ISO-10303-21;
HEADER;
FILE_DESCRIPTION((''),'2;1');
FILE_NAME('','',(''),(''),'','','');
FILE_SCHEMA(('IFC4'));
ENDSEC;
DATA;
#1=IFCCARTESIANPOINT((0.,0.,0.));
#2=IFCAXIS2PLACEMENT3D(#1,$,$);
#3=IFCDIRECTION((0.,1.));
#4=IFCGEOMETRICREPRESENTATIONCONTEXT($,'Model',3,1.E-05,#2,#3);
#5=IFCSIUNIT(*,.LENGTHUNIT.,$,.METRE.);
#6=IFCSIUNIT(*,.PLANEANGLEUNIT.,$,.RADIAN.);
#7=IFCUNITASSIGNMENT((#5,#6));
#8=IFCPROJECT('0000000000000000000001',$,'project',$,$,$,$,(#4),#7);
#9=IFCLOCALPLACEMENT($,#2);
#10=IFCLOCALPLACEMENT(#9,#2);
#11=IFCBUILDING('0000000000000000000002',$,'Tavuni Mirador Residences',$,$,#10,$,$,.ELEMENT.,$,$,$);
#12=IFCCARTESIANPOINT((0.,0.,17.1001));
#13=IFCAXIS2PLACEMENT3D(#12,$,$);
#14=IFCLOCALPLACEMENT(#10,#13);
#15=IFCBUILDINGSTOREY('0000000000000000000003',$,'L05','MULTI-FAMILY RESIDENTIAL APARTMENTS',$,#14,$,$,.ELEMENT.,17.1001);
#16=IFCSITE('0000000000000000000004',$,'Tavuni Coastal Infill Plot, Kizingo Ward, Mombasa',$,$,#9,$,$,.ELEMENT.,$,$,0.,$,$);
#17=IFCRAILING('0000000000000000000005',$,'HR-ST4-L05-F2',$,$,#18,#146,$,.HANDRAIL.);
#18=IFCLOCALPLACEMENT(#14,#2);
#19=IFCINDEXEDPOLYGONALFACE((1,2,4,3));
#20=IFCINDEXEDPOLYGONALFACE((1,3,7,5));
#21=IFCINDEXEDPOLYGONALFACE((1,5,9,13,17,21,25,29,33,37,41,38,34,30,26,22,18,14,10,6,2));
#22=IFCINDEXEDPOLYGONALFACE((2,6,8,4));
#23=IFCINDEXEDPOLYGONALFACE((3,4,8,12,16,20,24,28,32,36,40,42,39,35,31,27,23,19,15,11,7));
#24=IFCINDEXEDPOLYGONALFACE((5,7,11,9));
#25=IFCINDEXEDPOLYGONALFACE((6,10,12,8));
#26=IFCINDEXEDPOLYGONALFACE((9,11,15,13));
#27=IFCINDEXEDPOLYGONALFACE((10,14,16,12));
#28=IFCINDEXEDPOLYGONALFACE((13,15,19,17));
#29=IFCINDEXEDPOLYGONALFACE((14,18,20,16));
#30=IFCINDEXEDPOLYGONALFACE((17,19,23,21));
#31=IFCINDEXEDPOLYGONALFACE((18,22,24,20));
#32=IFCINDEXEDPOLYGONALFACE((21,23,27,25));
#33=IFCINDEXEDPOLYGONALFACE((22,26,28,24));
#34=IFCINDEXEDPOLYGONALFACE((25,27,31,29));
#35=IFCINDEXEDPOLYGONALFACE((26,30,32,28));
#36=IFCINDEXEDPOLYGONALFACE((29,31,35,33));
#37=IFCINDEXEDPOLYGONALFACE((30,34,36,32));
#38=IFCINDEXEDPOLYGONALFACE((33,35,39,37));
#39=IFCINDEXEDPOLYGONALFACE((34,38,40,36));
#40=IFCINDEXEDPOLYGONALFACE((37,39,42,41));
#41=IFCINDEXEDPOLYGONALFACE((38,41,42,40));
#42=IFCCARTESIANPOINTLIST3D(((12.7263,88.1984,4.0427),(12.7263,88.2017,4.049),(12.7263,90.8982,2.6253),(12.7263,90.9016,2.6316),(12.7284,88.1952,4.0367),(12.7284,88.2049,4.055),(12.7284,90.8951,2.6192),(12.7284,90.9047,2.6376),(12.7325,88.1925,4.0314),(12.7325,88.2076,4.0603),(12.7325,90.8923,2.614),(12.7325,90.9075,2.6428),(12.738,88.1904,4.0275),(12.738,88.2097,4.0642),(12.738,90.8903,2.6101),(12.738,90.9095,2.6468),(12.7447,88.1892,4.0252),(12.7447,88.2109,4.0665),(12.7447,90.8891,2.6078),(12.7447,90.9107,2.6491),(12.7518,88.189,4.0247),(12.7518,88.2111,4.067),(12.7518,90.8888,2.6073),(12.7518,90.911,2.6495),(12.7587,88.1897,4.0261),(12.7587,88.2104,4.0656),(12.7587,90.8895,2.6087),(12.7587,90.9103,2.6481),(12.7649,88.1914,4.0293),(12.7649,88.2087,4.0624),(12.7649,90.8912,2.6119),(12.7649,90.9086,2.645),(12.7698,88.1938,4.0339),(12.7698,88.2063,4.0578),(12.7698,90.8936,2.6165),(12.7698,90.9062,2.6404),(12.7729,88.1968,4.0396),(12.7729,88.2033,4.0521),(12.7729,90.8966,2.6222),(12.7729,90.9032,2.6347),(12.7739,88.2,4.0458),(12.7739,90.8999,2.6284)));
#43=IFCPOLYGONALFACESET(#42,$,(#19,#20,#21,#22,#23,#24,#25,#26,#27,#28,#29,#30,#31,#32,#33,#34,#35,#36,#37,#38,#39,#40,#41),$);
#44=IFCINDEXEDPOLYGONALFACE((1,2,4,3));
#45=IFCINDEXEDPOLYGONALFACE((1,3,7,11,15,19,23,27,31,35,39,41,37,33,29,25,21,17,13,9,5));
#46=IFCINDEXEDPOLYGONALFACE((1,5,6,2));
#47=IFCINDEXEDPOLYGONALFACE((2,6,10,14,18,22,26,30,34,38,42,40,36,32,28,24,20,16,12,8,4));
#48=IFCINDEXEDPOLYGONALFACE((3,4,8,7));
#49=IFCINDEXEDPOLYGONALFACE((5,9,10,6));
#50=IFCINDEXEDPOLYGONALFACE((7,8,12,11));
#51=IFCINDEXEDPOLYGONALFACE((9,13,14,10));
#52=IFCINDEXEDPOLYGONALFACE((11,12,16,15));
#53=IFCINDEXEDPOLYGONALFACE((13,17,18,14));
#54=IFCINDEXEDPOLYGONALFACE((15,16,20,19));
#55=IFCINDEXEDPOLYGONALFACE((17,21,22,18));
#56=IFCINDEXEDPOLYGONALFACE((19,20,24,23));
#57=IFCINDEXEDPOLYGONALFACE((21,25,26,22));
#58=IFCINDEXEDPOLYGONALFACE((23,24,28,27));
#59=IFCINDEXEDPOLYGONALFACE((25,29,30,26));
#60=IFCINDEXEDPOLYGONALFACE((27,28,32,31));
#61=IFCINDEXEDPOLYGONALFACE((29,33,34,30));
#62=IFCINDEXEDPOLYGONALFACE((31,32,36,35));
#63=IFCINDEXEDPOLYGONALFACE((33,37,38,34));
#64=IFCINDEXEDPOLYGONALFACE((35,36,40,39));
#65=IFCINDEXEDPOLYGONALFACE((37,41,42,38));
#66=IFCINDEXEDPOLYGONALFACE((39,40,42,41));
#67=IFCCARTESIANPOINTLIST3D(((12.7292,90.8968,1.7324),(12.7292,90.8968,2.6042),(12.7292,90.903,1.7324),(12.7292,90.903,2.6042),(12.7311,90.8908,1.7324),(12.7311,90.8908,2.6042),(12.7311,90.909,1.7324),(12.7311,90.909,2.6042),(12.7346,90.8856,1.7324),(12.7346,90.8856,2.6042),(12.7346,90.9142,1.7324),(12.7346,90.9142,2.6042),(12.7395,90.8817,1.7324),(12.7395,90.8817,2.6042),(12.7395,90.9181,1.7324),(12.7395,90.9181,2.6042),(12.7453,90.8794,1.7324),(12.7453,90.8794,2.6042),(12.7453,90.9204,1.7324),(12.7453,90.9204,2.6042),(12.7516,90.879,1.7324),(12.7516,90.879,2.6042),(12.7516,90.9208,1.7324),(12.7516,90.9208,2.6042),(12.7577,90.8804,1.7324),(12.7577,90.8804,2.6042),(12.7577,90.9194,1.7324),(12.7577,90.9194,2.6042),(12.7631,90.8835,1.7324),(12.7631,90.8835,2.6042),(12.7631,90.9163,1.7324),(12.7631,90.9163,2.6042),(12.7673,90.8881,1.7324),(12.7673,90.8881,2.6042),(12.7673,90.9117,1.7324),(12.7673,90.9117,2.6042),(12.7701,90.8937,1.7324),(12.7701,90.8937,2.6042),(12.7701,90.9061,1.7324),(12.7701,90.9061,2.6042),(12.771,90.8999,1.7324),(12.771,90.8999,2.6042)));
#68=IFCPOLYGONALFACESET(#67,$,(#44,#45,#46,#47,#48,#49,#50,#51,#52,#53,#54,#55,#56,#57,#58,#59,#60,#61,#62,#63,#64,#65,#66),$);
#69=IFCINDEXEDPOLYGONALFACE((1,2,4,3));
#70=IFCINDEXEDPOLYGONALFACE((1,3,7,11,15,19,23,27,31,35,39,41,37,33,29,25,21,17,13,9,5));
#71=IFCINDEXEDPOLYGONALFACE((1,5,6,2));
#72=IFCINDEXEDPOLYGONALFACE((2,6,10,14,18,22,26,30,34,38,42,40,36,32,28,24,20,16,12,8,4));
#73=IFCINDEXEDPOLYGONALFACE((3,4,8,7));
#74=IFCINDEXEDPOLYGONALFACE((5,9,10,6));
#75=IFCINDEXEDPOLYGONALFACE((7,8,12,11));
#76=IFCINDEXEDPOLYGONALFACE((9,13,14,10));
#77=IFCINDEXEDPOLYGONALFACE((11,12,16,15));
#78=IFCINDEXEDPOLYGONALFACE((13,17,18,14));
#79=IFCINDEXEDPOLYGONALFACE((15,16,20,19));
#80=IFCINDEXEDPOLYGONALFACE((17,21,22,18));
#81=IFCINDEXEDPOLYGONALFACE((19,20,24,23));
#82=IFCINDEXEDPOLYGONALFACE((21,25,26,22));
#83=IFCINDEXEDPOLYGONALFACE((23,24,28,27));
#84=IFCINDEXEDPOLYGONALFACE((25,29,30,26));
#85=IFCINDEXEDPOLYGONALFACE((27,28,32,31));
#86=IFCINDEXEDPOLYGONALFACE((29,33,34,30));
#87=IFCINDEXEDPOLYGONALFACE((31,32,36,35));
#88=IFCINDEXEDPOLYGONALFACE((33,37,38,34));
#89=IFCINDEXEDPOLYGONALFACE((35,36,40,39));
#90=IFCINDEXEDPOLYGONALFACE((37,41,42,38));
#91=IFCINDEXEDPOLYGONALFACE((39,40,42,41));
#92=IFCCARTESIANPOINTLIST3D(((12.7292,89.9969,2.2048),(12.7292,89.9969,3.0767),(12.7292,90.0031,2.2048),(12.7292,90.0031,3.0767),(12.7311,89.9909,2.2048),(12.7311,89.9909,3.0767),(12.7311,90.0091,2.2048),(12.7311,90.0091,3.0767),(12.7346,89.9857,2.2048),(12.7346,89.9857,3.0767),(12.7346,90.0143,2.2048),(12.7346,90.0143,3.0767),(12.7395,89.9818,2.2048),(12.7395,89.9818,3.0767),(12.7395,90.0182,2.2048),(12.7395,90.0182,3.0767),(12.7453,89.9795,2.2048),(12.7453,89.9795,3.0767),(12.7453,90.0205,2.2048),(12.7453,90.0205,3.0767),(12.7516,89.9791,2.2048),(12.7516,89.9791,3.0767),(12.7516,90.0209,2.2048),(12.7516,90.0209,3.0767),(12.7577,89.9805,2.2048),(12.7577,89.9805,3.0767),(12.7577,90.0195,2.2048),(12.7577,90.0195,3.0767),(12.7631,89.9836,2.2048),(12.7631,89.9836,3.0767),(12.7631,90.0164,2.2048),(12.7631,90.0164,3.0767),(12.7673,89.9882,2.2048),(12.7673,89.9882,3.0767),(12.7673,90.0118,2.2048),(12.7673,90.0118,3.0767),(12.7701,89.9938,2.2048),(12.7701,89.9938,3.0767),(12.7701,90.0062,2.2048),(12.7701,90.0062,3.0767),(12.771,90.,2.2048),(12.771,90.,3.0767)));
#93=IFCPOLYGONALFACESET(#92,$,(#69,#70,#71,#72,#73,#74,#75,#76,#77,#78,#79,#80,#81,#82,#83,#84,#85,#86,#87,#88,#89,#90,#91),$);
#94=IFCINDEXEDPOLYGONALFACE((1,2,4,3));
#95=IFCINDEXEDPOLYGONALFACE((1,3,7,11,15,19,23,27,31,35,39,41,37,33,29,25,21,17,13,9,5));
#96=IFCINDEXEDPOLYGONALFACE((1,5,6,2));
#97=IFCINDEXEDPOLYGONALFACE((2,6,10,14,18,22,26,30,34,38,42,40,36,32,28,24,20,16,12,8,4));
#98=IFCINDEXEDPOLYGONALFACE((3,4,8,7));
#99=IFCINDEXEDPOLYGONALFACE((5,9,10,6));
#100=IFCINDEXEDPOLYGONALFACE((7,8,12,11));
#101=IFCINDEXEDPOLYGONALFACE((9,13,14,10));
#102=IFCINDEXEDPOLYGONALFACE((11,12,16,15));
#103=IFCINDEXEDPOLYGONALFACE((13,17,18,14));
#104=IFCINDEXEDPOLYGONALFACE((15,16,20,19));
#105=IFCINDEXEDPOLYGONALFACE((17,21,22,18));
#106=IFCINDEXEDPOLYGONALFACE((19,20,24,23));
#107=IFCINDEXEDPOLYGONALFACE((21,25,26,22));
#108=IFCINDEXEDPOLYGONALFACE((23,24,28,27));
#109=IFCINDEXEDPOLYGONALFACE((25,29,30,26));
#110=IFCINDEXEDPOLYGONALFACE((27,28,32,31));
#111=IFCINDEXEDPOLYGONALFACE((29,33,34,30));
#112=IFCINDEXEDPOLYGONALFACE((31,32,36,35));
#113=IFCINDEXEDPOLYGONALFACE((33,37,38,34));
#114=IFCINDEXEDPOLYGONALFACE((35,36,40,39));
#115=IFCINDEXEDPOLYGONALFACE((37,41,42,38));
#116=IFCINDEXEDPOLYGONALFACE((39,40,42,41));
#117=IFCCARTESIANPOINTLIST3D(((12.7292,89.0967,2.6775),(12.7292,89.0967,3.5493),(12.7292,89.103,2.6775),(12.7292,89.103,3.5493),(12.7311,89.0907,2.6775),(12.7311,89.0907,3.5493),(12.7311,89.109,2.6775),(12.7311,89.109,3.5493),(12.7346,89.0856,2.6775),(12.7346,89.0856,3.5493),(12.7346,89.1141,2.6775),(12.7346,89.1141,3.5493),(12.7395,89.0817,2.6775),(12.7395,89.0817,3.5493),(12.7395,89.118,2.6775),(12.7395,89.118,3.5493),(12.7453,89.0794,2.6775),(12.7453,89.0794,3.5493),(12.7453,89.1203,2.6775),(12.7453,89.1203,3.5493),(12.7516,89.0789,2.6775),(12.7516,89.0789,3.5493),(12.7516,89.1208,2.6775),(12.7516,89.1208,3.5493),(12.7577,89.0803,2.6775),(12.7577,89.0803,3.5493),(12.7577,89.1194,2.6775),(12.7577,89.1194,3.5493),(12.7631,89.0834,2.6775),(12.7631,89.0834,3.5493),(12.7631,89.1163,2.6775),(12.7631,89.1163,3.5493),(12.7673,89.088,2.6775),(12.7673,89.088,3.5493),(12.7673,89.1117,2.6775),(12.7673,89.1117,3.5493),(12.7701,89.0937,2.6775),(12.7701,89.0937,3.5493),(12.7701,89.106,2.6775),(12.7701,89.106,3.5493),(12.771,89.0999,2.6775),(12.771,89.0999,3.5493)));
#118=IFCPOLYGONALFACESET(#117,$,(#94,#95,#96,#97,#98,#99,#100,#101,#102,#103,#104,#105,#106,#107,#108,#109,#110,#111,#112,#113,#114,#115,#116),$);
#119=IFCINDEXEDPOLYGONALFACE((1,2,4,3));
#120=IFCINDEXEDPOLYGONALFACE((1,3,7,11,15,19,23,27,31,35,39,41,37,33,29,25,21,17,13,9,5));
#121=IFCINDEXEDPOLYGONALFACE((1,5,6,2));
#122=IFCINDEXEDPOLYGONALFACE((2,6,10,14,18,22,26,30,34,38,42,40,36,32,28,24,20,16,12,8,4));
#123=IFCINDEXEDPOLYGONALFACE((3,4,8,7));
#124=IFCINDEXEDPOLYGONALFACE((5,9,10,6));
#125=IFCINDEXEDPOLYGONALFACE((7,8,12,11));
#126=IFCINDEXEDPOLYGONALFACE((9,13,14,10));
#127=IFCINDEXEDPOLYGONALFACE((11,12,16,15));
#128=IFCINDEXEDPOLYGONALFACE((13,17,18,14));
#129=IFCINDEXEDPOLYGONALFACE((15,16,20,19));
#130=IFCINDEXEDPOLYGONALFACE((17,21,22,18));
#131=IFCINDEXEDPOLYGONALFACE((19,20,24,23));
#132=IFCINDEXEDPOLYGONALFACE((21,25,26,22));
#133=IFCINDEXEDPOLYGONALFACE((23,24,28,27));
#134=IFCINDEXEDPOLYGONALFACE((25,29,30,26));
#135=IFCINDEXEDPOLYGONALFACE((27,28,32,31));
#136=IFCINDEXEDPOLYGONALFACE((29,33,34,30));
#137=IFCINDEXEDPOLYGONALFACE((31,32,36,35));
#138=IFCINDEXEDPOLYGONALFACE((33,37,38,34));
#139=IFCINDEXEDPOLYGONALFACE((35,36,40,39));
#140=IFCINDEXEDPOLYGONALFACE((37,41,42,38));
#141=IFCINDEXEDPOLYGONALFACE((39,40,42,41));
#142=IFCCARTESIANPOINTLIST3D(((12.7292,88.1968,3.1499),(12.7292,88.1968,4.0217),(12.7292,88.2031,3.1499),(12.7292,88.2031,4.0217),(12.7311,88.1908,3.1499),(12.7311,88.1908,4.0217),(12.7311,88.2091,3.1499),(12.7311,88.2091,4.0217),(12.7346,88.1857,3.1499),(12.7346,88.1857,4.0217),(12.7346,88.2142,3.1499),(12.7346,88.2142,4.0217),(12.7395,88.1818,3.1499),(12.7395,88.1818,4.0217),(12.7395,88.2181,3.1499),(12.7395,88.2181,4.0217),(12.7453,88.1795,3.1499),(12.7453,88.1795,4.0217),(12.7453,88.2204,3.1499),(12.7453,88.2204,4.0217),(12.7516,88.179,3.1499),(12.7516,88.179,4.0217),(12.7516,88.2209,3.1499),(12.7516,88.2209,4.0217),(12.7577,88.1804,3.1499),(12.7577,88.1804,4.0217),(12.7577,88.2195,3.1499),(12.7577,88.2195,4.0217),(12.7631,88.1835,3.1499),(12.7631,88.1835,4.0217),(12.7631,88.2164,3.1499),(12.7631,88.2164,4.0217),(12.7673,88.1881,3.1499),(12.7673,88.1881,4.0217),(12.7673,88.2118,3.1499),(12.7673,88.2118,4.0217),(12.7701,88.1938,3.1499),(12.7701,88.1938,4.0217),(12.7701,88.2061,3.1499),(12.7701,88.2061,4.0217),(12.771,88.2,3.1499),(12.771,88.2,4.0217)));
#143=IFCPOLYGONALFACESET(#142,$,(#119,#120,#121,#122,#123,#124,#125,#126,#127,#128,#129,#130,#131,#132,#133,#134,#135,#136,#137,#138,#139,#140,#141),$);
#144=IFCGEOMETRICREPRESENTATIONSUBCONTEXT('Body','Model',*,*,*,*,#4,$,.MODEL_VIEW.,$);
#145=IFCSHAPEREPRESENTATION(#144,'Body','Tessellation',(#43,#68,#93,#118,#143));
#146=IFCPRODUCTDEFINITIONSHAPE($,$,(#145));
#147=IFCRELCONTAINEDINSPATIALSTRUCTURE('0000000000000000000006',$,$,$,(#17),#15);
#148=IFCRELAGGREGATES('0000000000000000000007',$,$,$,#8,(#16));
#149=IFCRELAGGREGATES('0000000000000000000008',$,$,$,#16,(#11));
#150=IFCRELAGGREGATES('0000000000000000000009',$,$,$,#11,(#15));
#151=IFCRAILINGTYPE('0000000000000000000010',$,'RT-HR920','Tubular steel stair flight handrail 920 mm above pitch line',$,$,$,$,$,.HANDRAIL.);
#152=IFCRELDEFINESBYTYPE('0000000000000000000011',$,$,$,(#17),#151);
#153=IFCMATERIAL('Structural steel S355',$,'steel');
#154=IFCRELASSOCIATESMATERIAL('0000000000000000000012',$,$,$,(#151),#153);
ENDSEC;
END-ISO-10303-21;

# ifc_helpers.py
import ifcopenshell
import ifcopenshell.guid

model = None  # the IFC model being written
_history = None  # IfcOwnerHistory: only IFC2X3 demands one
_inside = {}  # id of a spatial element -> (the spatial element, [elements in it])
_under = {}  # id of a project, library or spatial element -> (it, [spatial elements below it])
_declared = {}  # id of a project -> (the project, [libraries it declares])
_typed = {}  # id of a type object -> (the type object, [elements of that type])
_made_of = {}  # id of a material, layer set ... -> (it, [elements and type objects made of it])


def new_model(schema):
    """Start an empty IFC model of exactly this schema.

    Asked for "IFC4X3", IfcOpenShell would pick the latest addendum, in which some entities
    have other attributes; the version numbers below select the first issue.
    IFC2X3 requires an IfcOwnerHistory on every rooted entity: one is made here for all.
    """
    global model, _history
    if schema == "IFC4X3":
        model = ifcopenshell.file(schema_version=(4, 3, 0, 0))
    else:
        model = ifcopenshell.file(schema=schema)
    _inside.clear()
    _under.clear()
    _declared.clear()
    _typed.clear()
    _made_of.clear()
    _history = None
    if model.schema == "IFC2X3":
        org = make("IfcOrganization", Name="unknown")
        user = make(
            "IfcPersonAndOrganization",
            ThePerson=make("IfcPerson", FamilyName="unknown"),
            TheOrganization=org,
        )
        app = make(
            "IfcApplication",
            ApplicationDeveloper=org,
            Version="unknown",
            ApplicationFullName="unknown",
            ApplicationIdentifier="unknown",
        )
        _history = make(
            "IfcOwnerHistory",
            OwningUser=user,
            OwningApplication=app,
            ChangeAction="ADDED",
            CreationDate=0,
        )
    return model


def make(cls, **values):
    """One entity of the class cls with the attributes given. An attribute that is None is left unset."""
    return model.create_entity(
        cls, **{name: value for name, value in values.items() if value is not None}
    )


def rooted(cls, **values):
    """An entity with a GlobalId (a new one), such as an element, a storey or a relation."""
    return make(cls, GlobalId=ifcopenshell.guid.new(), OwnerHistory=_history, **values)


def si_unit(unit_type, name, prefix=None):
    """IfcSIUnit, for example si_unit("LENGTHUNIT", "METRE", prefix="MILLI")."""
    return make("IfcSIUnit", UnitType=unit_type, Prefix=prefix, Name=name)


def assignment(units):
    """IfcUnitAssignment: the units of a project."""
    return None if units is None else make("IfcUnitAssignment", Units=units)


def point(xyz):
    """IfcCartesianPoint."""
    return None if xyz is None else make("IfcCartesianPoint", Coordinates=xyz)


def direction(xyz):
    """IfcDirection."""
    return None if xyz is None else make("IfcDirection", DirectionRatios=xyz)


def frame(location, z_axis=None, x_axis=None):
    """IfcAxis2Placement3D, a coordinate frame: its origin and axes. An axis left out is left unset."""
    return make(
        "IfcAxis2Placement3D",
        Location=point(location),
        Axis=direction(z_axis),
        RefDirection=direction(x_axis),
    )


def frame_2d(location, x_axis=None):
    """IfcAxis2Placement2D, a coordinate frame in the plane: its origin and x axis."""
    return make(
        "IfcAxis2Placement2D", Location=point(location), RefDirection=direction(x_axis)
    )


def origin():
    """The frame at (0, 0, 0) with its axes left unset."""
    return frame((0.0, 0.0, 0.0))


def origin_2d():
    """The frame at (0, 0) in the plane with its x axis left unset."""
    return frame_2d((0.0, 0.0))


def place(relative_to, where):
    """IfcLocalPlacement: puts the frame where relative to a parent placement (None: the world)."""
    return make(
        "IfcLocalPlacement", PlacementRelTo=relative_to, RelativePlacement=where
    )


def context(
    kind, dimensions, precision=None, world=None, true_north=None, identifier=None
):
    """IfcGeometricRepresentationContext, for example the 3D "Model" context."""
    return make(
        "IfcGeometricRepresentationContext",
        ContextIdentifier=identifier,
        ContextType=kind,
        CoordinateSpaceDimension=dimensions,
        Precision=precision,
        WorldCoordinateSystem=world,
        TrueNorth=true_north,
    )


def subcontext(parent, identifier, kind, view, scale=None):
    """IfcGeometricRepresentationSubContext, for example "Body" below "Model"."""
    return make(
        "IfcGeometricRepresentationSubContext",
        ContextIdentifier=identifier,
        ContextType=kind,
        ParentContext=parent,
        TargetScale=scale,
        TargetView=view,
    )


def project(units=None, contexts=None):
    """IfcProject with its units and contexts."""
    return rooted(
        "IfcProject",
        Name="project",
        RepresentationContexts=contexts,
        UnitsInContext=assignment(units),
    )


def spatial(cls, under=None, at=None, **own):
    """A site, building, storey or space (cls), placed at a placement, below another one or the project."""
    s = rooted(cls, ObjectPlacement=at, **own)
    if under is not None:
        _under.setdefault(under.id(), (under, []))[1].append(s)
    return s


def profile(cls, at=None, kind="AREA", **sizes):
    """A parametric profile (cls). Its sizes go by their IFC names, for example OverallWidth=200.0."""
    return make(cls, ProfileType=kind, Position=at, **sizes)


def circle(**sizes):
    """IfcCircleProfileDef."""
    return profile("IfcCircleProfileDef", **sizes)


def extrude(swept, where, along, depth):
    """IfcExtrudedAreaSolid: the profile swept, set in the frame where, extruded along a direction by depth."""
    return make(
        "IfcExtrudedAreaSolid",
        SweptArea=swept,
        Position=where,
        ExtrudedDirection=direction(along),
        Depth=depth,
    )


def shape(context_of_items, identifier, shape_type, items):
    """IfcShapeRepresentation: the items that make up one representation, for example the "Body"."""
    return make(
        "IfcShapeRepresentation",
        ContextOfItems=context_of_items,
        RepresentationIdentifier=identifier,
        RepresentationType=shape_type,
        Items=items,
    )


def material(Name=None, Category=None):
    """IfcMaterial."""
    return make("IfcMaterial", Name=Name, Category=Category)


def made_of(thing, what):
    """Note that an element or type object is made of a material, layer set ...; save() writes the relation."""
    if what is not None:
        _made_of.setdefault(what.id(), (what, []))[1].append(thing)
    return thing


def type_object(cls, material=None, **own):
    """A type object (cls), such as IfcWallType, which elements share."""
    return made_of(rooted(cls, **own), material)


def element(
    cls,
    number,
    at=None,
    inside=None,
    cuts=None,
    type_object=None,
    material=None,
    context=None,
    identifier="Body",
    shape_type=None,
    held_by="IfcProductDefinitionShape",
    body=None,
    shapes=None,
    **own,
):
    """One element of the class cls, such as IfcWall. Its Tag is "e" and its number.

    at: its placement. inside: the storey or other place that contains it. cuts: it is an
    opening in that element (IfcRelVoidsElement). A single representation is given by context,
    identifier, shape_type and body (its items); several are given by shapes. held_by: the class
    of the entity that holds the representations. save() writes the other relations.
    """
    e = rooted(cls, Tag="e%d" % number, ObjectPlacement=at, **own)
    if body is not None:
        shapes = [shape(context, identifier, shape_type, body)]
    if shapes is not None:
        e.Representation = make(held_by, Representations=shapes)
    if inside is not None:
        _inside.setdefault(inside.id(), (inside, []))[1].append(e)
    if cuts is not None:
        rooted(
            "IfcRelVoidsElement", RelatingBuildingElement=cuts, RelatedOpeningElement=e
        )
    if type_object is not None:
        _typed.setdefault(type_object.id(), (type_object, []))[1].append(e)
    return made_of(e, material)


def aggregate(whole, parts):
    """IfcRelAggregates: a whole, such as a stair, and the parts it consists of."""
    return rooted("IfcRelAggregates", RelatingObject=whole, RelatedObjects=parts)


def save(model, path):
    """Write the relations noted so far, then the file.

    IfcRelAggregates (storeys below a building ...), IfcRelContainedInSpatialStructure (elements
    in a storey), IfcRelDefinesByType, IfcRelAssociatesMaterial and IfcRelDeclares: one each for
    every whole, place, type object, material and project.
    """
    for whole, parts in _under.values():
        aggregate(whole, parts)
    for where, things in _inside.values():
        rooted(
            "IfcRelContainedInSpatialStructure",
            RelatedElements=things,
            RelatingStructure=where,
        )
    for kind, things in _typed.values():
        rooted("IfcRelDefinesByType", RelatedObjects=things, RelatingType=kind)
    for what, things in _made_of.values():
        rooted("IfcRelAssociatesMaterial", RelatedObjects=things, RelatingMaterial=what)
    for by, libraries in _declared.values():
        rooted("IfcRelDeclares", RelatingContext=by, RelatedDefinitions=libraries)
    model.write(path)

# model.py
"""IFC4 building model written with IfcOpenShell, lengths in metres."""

from ifc_helpers import new_model, si_unit, direction, frame, origin, origin_2d, place, context, subcontext, project, spatial, circle, extrude, material, type_object, element, save


model = new_model("IFC4")

# Units and contexts
model_context = context("Model", 3, precision=1e-05, world=origin(), true_north=direction((0.0, 1.0)))
body_context = subcontext(model_context, "Body", "Model", "MODEL_VIEW")
ifc_project = project(units=[si_unit("LENGTHUNIT", "METRE"), si_unit("PLANEANGLEUNIT", "RADIAN")], contexts=[model_context])

# Site, building, storey
site_placement = place(None, origin())
site = spatial("IfcSite", under=ifc_project, at=site_placement, Name="Tavuni Coastal Infill Plot, Kizingo Ward, Mombasa", CompositionType="ELEMENT", RefElevation=0.0)
building_placement = place(site_placement, origin())
building = spatial("IfcBuilding", under=site, at=building_placement, Name="Tavuni Mirador Residences", CompositionType="ELEMENT")
storey_placement = place(building_placement, frame((0.0, 0.0, 17.1001)))
storey = spatial("IfcBuildingStorey", under=building, at=storey_placement, Name="L05", Description="MULTI-FAMILY RESIDENTIAL APARTMENTS", CompositionType="ELEMENT", Elevation=17.1001)

# Shared definitions
ifc_material_1 = material(Name="Structural steel S355", Category="steel")

# Railing
railing_type_1 = type_object("IfcRailingType", Name="RT-HR920", Description="Tubular steel stair flight handrail 920 mm above pitch line", PredefinedType="HANDRAIL", material=ifc_material_1)
railing_1_placement = place(storey_placement, frame((12.75, 90.8999, 1.7324)))
element("IfcRailing", 1, at=railing_1_placement, inside=storey, type_object=railing_type_1, Name="HR-ST4-L05-F2", PredefinedType="HANDRAIL", context=body_context, shape_type="SweptSolid", body=[
    extrude(circle(Radius=0.0239, at=origin_2d()), frame((0.0, 0.0, 0.896), z_axis=(0.0, -0.885397, 0.464835), x_axis=(1.0, 0.0, 0.0)), (0.0, 0.0, 1.0), 3.0493),
    extrude(circle(Radius=0.021, at=origin_2d()), origin(), (0.0, 0.0, 1.0), 0.8718),
    extrude(circle(Radius=0.021, at=origin_2d()), frame((0.0, -0.8999, 0.4724)), (0.0, 0.0, 1.0), 0.8718),
    extrude(circle(Radius=0.021, at=origin_2d()), frame((0.0, -1.8, 0.9451)), (0.0, 0.0, 1.0), 0.8718),
    extrude(circle(Radius=0.021, at=origin_2d()), frame((0.0, -2.7, 1.4175)), (0.0, 0.0, 1.0), 0.8718),
])

save(model, "model.ifc")
